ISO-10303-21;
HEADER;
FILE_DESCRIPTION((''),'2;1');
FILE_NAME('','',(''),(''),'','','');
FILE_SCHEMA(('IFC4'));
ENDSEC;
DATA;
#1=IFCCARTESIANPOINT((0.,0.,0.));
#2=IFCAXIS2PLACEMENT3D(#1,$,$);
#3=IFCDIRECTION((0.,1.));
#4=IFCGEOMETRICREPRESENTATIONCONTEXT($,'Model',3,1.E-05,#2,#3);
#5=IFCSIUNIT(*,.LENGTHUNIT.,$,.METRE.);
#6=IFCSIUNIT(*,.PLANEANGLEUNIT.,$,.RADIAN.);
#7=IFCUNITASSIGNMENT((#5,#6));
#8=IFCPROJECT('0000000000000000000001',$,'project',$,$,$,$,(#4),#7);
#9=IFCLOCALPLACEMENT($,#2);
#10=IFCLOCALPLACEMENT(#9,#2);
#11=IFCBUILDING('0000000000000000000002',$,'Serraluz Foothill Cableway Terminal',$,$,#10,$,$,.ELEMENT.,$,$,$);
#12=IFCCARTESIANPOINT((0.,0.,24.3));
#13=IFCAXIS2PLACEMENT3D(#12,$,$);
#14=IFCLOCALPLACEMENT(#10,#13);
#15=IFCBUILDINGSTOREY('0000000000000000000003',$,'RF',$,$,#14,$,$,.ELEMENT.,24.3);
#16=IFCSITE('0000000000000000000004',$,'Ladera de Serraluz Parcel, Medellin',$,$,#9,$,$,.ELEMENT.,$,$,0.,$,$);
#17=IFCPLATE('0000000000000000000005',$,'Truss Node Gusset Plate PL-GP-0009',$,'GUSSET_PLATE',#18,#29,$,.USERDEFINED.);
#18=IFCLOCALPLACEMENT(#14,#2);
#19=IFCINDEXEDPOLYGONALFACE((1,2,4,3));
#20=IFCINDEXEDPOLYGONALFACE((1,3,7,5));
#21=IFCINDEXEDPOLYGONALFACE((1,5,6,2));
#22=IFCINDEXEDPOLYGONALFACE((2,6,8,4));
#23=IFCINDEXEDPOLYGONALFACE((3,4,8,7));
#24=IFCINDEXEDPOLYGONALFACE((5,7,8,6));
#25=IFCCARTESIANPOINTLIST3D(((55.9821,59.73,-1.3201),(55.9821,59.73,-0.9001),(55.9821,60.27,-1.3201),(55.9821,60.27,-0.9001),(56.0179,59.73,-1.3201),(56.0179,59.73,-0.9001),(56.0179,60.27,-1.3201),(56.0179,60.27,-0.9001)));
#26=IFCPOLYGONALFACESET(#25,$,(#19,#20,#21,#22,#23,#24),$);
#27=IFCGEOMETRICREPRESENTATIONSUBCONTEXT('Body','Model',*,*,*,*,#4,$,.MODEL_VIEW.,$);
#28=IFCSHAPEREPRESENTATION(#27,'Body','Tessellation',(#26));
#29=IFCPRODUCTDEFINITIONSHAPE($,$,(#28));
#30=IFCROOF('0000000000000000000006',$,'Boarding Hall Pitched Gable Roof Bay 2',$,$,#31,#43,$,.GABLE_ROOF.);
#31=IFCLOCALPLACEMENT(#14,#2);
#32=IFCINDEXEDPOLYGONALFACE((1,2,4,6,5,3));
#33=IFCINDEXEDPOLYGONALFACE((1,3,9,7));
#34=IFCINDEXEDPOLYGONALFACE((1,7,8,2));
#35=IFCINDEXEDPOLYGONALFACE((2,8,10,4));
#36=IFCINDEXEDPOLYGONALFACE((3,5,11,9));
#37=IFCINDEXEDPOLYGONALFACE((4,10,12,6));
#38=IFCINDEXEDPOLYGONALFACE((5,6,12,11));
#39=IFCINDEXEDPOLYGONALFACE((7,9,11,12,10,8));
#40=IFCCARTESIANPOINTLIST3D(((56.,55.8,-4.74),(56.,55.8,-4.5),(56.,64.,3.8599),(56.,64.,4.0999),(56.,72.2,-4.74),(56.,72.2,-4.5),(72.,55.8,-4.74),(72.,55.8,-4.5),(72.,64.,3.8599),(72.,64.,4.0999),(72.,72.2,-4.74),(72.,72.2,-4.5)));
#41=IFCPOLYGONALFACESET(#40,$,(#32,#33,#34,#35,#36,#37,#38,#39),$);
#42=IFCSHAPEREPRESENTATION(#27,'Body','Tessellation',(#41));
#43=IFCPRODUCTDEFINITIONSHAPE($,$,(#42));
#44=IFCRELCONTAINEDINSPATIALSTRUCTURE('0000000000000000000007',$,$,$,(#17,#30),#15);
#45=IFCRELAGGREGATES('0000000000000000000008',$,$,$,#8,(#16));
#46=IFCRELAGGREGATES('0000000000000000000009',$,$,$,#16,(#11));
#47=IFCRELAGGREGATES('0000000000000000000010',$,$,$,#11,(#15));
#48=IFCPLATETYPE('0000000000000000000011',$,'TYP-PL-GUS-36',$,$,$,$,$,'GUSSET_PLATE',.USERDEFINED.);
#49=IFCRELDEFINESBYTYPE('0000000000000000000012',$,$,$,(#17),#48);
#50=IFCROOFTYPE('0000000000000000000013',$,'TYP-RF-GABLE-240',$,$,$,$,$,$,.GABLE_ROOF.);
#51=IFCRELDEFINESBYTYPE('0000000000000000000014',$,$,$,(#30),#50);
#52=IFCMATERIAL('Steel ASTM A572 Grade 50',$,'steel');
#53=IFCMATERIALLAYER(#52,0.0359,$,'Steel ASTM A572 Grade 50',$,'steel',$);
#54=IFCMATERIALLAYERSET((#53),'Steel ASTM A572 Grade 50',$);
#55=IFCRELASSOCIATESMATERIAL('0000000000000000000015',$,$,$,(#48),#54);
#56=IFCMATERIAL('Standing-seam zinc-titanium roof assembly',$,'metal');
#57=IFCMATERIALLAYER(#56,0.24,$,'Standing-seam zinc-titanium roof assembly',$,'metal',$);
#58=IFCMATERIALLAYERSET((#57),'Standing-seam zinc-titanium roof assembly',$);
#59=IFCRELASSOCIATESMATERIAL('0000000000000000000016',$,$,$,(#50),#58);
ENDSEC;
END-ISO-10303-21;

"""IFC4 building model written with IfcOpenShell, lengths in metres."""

from ifc_helpers import new_model, si_unit, direction, frame, origin, origin_2d, place, context, subcontext, project, spatial, polyline, rectangle, outline, extrude, material, layer, layer_set, type_object, element, save


model = new_model("IFC4")

# Units and contexts
model_context = context("Model", 3, precision=1e-05, world=origin(), true_north=direction((0.0, 1.0)))
body_context = subcontext(model_context, "Body", "Model", "MODEL_VIEW")
ifc_project = project(units=[si_unit("LENGTHUNIT", "METRE"), si_unit("PLANEANGLEUNIT", "RADIAN")], contexts=[model_context])

# Site, building, storey
site_placement = place(None, origin())
site = spatial("IfcSite", under=ifc_project, at=site_placement, Name="Ladera de Serraluz Parcel, Medellin", CompositionType="ELEMENT", RefElevation=0.0)
building_placement = place(site_placement, origin())
building = spatial("IfcBuilding", under=site, at=building_placement, Name="Serraluz Foothill Cableway Terminal", CompositionType="ELEMENT")
storey_placement = place(building_placement, frame((0.0, 0.0, 24.3)))
storey = spatial("IfcBuildingStorey", under=building, at=storey_placement, Name="RF", CompositionType="ELEMENT", Elevation=24.3)

# Shared definitions
ifc_material_1 = material(Name="Steel ASTM A572 Grade 50", Category="steel")

# Plate
ifc_layer_1 = layer(ifc_material_1, 0.0359, Name="Steel ASTM A572 Grade 50", Category="steel")
ifc_layer_set_1 = layer_set([ifc_layer_1], Name="Steel ASTM A572 Grade 50")
plate_type_1 = type_object("IfcPlateType", Name="TYP-PL-GUS-36", ElementType="GUSSET_PLATE", PredefinedType="USERDEFINED", material=ifc_layer_set_1)
plate_1_placement = place(storey_placement, frame((56.0, 60.0, -1.3201), z_axis=(0.0, 0.0, 1.0), x_axis=(1.0, 0.0, 0.0)))
element("IfcPlate", 1, at=plate_1_placement, inside=storey, type_object=plate_type_1, Name="Truss Node Gusset Plate PL-GP-0009", ObjectType="GUSSET_PLATE", PredefinedType="USERDEFINED", context=body_context, shape_type="SweptSolid", body=[
    extrude(rectangle(XDim=0.0359, YDim=0.54, at=origin_2d()), origin(), (0.0, 0.0, 1.0), 0.4199),
])

# Roof
ifc_material_2 = material(Name="Standing-seam zinc-titanium roof assembly", Category="metal")
ifc_layer_2 = layer(ifc_material_2, 0.24, Name="Standing-seam zinc-titanium roof assembly", Category="metal")
ifc_layer_set_2 = layer_set([ifc_layer_2], Name="Standing-seam zinc-titanium roof assembly")
roof_type = type_object("IfcRoofType", Name="TYP-RF-GABLE-240", PredefinedType="GABLE_ROOF", material=ifc_layer_set_2)
roof_placement = place(storey_placement, frame((56.0, 55.8, -4.5)))
element("IfcRoof", 2, at=roof_placement, inside=storey, type_object=roof_type, Name="Boarding Hall Pitched Gable Roof Bay 2", PredefinedType="GABLE_ROOF", context=body_context, shape_type="SweptSolid", body=[
    extrude(outline(polyline([(0.0, 0.0), (8.2, 8.5999), (16.3999, 0.0), (16.3999, -0.24), (8.2, 8.3599), (0.0, -0.24), (0.0, 0.0)])), frame((0.0, 0.0, 0.0), z_axis=(1.0, 0.0, 0.0), x_axis=(0.0, 1.0, 0.0)), (0.0, 0.0, 1.0), 16.0),
])

save(model, "model.ifc")
